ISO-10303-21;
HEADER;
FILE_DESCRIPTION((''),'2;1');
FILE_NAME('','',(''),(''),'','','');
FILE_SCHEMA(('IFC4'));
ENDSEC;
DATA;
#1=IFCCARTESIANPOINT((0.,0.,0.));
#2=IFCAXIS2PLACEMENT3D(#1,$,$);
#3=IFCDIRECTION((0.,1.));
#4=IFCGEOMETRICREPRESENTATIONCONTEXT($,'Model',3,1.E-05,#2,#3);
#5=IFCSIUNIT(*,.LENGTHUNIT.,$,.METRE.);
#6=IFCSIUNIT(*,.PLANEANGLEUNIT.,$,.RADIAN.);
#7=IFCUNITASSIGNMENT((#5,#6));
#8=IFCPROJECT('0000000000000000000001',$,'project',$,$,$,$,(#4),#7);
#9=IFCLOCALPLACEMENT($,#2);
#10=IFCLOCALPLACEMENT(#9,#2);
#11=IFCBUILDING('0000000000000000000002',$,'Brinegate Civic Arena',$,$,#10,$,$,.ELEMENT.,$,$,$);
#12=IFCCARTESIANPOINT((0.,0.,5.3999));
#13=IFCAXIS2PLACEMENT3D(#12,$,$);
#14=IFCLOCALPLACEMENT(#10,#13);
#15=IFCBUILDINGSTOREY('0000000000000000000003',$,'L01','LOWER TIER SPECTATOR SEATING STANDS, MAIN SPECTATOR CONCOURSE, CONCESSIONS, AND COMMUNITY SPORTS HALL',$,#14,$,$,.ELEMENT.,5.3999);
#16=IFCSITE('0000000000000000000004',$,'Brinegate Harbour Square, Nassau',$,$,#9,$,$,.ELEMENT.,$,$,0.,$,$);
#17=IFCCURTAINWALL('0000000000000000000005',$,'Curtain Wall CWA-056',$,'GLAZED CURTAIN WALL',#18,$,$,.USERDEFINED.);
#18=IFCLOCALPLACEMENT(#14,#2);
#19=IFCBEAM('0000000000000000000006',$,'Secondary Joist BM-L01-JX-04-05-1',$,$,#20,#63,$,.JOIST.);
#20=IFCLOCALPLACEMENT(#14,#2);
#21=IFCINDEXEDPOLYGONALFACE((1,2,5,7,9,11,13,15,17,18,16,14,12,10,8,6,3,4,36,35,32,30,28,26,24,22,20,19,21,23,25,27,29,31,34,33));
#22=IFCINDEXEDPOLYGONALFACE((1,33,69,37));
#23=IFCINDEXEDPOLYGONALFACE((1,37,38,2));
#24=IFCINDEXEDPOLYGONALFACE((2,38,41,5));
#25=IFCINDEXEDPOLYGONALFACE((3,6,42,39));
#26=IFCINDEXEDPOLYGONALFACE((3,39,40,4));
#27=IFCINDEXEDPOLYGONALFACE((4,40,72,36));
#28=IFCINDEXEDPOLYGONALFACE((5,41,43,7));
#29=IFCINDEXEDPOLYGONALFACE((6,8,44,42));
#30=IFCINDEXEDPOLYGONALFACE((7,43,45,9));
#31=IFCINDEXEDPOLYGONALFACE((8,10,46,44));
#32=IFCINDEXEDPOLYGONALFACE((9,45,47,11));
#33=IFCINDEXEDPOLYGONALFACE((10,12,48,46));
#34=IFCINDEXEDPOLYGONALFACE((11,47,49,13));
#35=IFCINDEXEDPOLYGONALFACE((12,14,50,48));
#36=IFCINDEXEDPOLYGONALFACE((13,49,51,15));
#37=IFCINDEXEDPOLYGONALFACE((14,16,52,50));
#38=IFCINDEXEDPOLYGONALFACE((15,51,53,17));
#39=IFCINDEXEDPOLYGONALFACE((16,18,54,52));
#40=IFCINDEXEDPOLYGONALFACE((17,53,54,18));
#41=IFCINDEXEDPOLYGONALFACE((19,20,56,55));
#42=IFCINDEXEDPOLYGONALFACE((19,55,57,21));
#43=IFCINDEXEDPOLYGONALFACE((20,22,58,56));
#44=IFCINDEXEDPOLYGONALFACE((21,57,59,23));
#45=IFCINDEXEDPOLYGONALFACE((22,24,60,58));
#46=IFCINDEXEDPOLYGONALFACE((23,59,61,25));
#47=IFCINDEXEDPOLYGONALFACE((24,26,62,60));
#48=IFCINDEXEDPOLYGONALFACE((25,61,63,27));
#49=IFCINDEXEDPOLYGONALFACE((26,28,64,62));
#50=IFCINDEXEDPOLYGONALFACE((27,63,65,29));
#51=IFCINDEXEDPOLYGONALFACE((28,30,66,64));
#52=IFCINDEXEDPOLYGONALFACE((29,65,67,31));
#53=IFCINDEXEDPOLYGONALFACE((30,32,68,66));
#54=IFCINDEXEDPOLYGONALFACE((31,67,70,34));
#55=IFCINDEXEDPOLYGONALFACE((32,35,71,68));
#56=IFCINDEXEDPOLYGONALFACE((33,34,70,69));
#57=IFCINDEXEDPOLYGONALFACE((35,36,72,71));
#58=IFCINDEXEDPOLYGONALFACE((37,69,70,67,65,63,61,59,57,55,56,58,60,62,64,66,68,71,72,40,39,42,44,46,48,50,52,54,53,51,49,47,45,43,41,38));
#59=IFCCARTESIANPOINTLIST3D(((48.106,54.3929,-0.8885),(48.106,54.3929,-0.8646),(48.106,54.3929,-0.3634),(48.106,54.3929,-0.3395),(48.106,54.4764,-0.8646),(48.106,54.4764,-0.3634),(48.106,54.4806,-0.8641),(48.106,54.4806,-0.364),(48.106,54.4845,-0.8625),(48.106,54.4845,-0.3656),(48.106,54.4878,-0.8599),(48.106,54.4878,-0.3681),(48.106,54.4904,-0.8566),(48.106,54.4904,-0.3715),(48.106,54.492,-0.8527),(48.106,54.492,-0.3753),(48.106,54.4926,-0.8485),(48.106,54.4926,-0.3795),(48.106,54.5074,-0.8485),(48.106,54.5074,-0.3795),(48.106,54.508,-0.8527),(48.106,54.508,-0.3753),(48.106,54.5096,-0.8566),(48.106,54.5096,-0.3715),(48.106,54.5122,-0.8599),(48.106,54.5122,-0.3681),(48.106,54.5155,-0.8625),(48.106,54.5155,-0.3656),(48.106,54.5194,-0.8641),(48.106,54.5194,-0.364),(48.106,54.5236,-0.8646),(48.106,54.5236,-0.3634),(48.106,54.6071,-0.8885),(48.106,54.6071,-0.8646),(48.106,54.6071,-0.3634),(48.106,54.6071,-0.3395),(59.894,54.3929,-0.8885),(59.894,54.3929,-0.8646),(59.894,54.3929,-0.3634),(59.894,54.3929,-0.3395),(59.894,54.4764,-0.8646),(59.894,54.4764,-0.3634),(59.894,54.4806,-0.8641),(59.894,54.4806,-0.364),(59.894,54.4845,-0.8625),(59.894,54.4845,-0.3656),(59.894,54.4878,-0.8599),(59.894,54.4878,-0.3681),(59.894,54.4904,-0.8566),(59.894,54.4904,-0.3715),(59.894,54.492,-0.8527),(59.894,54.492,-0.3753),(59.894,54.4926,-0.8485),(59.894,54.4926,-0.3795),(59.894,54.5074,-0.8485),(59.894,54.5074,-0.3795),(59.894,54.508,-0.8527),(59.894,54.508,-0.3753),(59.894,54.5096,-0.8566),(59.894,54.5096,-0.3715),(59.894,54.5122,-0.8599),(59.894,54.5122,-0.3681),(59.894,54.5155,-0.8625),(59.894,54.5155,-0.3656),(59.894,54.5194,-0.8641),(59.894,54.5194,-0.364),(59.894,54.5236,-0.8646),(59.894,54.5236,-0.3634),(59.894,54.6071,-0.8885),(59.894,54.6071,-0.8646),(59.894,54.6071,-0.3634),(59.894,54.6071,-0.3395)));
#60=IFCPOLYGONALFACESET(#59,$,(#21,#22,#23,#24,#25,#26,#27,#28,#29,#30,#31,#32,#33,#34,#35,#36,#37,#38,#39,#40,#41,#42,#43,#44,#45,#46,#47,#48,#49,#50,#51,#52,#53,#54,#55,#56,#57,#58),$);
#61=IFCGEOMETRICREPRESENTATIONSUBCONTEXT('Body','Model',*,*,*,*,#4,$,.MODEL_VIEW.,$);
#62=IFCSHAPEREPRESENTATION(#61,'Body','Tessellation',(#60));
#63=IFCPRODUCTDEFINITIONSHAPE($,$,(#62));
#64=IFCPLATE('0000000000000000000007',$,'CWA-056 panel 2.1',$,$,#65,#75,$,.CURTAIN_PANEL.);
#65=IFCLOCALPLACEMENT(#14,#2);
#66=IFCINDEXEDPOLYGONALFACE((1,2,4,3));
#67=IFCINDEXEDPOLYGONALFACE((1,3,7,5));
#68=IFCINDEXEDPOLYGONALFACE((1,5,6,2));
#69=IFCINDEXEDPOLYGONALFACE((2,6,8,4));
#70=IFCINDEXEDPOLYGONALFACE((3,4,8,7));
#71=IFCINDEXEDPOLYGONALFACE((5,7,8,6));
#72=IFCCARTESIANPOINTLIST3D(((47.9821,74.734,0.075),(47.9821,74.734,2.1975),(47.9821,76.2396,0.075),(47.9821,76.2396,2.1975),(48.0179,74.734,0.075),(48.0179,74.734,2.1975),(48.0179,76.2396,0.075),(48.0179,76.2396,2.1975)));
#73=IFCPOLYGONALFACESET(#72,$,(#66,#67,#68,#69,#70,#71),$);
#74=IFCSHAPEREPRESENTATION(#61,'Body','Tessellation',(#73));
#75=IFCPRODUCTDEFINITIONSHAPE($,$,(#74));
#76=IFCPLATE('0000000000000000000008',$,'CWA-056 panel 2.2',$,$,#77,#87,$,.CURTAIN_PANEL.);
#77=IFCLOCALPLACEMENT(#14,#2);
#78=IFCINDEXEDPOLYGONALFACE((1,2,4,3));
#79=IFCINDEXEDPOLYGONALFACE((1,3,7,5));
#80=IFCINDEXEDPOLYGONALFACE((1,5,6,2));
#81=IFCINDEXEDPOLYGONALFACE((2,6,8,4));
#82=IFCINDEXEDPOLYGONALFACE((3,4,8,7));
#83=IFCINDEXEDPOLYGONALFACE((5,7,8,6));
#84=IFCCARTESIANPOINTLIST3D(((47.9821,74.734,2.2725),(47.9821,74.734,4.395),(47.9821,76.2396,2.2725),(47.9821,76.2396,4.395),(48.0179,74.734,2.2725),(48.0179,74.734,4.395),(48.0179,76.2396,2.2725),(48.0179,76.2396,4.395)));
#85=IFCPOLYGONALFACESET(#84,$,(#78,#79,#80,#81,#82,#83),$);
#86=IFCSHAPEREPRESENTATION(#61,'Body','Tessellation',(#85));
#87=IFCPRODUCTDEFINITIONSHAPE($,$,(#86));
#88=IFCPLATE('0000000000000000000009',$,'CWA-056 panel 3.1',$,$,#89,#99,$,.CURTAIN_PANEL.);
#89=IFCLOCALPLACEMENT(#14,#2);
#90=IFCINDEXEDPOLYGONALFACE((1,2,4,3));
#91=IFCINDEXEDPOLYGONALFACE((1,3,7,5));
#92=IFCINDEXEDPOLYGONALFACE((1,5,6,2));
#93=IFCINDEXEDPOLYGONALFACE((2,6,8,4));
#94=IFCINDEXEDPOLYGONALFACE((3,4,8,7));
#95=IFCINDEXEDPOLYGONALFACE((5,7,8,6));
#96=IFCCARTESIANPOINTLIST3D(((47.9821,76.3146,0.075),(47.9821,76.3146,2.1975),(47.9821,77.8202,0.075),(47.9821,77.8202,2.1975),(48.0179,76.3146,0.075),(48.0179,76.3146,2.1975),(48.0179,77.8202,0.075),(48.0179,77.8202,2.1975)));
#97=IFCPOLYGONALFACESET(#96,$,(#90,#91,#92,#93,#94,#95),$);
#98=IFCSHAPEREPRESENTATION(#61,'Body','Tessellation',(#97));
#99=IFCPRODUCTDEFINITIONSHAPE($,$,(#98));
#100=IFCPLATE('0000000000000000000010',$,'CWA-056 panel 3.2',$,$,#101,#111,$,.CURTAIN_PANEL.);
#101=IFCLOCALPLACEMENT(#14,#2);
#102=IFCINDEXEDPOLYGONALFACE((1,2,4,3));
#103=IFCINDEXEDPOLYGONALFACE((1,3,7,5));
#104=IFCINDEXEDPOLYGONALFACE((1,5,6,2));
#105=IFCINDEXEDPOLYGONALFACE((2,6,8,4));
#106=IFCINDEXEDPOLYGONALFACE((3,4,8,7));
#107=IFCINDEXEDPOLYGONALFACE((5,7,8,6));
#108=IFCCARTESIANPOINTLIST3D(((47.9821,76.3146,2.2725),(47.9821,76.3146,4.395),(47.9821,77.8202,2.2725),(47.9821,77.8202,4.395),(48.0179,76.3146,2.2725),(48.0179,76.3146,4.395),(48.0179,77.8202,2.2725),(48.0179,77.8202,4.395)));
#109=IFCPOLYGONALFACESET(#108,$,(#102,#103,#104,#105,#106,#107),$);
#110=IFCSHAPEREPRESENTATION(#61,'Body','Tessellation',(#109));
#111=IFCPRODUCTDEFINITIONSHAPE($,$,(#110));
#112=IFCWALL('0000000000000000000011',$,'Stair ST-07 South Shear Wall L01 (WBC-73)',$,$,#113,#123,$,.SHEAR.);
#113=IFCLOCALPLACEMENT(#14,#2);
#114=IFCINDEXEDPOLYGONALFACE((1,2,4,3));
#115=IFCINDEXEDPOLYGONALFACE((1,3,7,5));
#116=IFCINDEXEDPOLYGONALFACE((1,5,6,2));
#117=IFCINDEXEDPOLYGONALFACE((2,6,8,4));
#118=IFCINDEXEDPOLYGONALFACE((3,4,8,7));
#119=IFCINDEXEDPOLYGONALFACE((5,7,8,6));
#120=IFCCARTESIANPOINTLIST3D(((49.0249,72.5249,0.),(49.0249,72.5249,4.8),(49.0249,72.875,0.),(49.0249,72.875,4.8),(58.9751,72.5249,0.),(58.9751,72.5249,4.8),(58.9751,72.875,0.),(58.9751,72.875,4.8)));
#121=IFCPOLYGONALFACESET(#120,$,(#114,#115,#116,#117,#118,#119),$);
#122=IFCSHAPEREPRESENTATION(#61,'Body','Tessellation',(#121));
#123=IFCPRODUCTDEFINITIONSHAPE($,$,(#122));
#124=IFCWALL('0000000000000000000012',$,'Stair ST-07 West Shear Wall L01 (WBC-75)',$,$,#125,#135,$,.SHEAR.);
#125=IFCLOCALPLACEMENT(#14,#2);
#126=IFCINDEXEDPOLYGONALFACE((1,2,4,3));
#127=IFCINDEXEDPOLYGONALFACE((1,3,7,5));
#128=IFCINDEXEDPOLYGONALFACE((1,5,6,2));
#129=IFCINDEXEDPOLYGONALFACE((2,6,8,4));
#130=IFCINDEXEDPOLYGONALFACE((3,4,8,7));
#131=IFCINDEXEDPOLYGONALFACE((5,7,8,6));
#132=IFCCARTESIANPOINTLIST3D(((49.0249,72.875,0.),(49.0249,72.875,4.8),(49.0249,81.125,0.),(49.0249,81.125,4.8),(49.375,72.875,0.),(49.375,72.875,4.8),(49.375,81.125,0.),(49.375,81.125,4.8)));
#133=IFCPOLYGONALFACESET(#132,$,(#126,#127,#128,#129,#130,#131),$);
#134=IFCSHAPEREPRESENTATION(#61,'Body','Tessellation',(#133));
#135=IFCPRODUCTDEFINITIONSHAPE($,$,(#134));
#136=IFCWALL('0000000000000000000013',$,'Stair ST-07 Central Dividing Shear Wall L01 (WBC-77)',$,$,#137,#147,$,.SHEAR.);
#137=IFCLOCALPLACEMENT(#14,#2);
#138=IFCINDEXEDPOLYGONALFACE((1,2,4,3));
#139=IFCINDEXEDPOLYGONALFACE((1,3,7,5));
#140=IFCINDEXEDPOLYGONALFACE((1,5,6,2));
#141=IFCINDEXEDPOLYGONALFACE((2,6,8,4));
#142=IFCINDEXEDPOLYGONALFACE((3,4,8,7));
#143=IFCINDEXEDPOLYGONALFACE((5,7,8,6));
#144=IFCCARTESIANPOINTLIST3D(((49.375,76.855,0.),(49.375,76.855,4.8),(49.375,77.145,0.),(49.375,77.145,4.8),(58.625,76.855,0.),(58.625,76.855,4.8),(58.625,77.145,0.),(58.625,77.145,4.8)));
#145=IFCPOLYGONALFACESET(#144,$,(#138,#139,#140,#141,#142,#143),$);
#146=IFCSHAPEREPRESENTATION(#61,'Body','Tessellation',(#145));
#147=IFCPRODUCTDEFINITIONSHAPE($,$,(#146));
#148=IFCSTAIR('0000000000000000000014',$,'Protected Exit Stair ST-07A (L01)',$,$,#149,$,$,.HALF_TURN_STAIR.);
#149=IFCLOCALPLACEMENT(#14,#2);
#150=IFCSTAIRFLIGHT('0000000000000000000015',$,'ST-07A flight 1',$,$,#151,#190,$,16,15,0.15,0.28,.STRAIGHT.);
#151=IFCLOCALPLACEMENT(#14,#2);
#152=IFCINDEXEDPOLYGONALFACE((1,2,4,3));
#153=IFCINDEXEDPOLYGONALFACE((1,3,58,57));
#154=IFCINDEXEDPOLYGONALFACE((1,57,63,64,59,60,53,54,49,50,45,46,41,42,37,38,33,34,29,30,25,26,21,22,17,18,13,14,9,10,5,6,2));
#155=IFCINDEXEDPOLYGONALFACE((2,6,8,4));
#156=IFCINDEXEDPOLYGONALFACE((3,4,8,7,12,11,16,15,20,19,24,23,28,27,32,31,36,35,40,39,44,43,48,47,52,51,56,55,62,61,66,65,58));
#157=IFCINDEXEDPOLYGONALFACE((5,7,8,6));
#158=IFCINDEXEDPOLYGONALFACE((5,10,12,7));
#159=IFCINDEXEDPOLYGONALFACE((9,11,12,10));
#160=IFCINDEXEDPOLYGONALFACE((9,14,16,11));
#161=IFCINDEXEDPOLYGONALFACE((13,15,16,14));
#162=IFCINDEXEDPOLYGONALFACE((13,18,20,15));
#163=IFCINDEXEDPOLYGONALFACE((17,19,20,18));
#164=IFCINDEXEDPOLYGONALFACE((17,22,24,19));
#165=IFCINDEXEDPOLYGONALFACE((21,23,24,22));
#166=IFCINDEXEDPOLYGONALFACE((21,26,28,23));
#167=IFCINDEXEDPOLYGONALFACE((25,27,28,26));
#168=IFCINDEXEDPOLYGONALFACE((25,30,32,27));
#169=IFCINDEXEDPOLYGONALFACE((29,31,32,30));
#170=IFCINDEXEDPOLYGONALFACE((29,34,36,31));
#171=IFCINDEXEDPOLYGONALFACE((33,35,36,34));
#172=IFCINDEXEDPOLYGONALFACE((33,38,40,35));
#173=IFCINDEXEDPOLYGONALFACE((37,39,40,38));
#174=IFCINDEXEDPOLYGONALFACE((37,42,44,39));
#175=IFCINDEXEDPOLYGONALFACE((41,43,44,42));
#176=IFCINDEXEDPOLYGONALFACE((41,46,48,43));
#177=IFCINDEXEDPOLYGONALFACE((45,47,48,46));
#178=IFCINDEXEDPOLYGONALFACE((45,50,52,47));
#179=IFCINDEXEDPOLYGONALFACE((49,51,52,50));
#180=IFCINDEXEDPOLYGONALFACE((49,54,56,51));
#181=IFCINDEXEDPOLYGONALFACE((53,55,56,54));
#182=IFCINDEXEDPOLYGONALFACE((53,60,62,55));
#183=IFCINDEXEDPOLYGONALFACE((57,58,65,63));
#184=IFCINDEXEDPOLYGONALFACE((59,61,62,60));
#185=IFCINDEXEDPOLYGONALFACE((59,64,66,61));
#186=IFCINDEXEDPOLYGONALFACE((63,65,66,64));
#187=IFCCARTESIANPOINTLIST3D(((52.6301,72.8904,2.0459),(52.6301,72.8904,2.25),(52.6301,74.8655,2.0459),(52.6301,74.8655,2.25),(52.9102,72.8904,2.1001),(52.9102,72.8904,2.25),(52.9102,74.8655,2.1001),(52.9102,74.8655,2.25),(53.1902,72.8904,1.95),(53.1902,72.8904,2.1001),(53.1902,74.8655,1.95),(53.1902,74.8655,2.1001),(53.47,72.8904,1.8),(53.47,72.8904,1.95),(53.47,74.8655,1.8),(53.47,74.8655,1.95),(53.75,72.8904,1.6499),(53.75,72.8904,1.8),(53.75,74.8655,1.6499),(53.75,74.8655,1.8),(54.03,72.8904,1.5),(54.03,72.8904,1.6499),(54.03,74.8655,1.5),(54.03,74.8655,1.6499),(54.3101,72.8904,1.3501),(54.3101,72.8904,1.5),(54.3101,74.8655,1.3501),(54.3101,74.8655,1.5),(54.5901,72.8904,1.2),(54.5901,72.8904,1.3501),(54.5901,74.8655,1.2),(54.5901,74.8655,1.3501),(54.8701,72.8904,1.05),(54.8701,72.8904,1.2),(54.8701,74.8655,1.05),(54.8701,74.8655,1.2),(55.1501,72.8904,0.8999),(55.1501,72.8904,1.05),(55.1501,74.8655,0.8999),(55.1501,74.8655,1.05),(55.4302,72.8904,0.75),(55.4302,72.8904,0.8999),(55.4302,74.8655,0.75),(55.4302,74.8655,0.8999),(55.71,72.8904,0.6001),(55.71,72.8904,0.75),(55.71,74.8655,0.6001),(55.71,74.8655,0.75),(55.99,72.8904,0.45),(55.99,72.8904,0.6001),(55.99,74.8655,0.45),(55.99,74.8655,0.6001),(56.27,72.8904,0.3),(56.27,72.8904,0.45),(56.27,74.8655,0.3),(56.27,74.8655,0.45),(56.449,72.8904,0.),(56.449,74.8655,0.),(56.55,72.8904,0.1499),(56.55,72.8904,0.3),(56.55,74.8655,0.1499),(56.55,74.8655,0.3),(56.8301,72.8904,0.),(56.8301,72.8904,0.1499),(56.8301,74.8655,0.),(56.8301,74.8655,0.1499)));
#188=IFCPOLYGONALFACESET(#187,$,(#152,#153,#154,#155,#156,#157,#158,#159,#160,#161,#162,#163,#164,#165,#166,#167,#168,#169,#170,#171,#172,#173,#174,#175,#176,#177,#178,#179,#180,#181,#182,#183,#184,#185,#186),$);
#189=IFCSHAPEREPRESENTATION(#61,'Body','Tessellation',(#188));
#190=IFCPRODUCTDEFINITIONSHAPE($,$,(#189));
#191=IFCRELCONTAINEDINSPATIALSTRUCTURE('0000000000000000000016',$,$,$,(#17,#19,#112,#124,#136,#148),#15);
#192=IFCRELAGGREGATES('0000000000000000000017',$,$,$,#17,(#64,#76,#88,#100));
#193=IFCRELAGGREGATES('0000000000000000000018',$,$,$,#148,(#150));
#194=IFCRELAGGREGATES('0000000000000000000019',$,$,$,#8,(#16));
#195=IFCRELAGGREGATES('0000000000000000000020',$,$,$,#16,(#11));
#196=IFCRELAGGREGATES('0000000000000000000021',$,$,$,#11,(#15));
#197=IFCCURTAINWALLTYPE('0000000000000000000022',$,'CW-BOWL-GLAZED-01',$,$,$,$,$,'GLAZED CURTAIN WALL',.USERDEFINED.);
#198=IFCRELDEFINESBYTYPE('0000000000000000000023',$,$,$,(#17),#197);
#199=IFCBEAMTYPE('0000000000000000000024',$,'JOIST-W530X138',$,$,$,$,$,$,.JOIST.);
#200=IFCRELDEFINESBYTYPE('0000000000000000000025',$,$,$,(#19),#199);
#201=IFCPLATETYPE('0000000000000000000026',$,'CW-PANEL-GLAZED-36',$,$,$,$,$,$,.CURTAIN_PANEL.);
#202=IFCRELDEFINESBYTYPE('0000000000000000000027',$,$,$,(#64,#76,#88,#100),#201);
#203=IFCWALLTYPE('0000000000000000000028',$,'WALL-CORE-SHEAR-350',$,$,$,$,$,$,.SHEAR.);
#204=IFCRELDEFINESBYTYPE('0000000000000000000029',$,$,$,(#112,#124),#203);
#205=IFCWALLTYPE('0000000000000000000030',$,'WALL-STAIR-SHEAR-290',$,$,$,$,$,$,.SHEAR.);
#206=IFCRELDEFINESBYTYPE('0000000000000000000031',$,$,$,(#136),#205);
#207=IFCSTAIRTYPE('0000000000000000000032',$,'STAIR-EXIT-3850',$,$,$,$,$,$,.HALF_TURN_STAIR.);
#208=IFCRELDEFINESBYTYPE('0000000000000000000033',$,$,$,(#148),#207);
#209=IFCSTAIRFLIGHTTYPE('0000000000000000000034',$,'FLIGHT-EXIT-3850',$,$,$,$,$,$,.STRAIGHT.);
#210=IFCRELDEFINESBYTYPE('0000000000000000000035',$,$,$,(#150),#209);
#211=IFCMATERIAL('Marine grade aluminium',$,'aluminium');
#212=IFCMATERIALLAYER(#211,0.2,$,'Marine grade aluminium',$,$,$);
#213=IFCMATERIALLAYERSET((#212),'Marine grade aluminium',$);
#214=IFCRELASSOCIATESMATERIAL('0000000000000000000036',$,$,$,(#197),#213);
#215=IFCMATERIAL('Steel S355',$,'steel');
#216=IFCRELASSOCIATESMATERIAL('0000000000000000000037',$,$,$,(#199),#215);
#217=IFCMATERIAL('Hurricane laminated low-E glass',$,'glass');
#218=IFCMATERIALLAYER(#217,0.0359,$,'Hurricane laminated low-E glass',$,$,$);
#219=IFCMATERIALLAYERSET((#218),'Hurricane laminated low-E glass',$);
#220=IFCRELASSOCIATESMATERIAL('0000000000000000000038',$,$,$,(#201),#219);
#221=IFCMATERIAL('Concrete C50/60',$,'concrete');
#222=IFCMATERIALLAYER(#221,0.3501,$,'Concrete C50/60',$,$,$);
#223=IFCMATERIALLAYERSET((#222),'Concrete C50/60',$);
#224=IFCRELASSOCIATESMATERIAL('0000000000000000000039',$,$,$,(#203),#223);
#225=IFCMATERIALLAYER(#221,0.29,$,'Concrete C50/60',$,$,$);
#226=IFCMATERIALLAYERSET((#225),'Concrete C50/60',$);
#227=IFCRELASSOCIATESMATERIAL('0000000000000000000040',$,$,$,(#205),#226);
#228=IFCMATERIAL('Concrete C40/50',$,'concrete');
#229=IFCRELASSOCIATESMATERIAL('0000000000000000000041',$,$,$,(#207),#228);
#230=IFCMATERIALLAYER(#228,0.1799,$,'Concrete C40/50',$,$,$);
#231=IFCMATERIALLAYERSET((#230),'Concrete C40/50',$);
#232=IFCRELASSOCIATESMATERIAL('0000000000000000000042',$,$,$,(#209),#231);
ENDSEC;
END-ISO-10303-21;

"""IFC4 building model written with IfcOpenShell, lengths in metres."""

from ifc_helpers import new_model, si_unit, direction, frame, frame_2d, origin, origin_2d, place, context, subcontext, project, spatial, polyline, rectangle, i_section, outline, extrude, material, layer, layer_set, material_profile, profile_set, type_object, element, aggregate, save


model = new_model("IFC4")

# Units and contexts
model_context = context("Model", 3, precision=1e-05, world=origin(), true_north=direction((0.0, 1.0)))
body_context = subcontext(model_context, "Body", "Model", "MODEL_VIEW")
ifc_project = project(units=[si_unit("LENGTHUNIT", "METRE"), si_unit("PLANEANGLEUNIT", "RADIAN")], contexts=[model_context])

# Site, building, storey
site_placement = place(None, origin())
site = spatial("IfcSite", under=ifc_project, at=site_placement, Name="Brinegate Harbour Square, Nassau", CompositionType="ELEMENT", RefElevation=0.0)
building_placement = place(site_placement, origin())
building = spatial("IfcBuilding", under=site, at=building_placement, Name="Brinegate Civic Arena", CompositionType="ELEMENT")
storey_placement = place(building_placement, frame((0.0, 0.0, 5.3999)))
storey = spatial("IfcBuildingStorey", under=building, at=storey_placement, Name="L01", Description="LOWER TIER SPECTATOR SEATING STANDS, MAIN SPECTATOR CONCOURSE, CONCESSIONS, AND COMMUNITY SPORTS HALL", CompositionType="ELEMENT", Elevation=5.3999)

# Curtain wall
ifc_material_1 = material(Name="Marine grade aluminium", Category="aluminium")
ifc_layer_1 = layer(ifc_material_1, 0.2, Name="Marine grade aluminium")
ifc_layer_set_1 = layer_set([ifc_layer_1], Name="Marine grade aluminium")
curtain_wall_type = type_object("IfcCurtainWallType", Name="CW-BOWL-GLAZED-01", ElementType="GLAZED CURTAIN WALL", PredefinedType="USERDEFINED", material=ifc_layer_set_1)
curtain_wall_placement = place(storey_placement, origin())
curtain_wall = element("IfcCurtainWall", 1, at=curtain_wall_placement, inside=storey, type_object=curtain_wall_type, Name="Curtain Wall CWA-056", ObjectType="GLAZED CURTAIN WALL", PredefinedType="USERDEFINED")

# Beam
ifc_material_2 = material(Name="Steel S355", Category="steel")
ifc_material_profile_1 = material_profile(ifc_material_2, i_section(OverallWidth=0.2141, OverallDepth=0.5491, WebThickness=0.0149, FlangeThickness=0.0239, FilletRadius=0.0161, at=origin_2d()), Name="W530X138")
ifc_profile_set_1 = profile_set([ifc_material_profile_1], Name="Steel S355")
beam_type_1 = type_object("IfcBeamType", Name="JOIST-W530X138", PredefinedType="JOIST", material=ifc_profile_set_1)
beam_1_placement = place(storey_placement, frame((48.106, 54.5, -0.614), z_axis=(1.0, 0.0, 0.0), x_axis=(0.0, 1.0, 0.0)))
element("IfcBeam", 2, at=beam_1_placement, inside=storey, type_object=beam_type_1, Name="Secondary Joist BM-L01-JX-04-05-1", PredefinedType="JOIST", context=body_context, shape_type="SweptSolid", body=[
    extrude(i_section(OverallWidth=0.2141, OverallDepth=0.5491, WebThickness=0.0149, FlangeThickness=0.0239, FilletRadius=0.0161, at=origin_2d()), origin(), (0.0, 0.0, 1.0), 11.7881),
])

# Plates
ifc_material_3 = material(Name="Hurricane laminated low-E glass", Category="glass")
ifc_layer_2 = layer(ifc_material_3, 0.0359, Name="Hurricane laminated low-E glass")
ifc_layer_set_2 = layer_set([ifc_layer_2], Name="Hurricane laminated low-E glass")
plate_type = type_object("IfcPlateType", Name="CW-PANEL-GLAZED-36", PredefinedType="CURTAIN_PANEL", material=ifc_layer_set_2)
plate_1_placement = place(storey_placement, frame((48.0, 75.4868, 0.075), z_axis=(0.0, 0.0, 1.0), x_axis=(0.0, 1.0, 0.0)))
plate_1 = element("IfcPlate", 3, at=plate_1_placement, type_object=plate_type, Name="CWA-056 panel 2.1", PredefinedType="CURTAIN_PANEL", context=body_context, shape_type="SweptSolid", body=[
    extrude(rectangle(XDim=1.5056, YDim=0.0359, at=origin_2d()), origin(), (0.0, 0.0, 1.0), 2.1226),
])
plate_2_placement = place(storey_placement, frame((48.0, 75.4868, 2.2725), z_axis=(0.0, 0.0, 1.0), x_axis=(0.0, 1.0, 0.0)))
plate_2 = element("IfcPlate", 4, at=plate_2_placement, type_object=plate_type, Name="CWA-056 panel 2.2", PredefinedType="CURTAIN_PANEL", context=body_context, shape_type="SweptSolid", body=[
    extrude(rectangle(XDim=1.5056, YDim=0.0359, at=origin_2d()), origin(), (0.0, 0.0, 1.0), 2.1226),
])
plate_3_placement = place(storey_placement, frame((48.0, 77.0674, 0.075), z_axis=(0.0, 0.0, 1.0), x_axis=(0.0, 1.0, 0.0)))
plate_3 = element("IfcPlate", 5, at=plate_3_placement, type_object=plate_type, Name="CWA-056 panel 3.1", PredefinedType="CURTAIN_PANEL", context=body_context, shape_type="SweptSolid", body=[
    extrude(rectangle(XDim=1.5056, YDim=0.0359, at=origin_2d()), origin(), (0.0, 0.0, 1.0), 2.1226),
])
plate_4_placement = place(storey_placement, frame((48.0, 77.0674, 2.2725), z_axis=(0.0, 0.0, 1.0), x_axis=(0.0, 1.0, 0.0)))
plate_4 = element("IfcPlate", 6, at=plate_4_placement, type_object=plate_type, Name="CWA-056 panel 3.2", PredefinedType="CURTAIN_PANEL", context=body_context, shape_type="SweptSolid", body=[
    extrude(rectangle(XDim=1.5056, YDim=0.0359, at=origin_2d()), origin(), (0.0, 0.0, 1.0), 2.1226),
])
aggregate(curtain_wall, [plate_1, plate_2, plate_3, plate_4])

# Walls
ifc_material_4 = material(Name="Concrete C50/60", Category="concrete")
ifc_layer_3 = layer(ifc_material_4, 0.3501, Name="Concrete C50/60")
ifc_layer_set_3 = layer_set([ifc_layer_3], Name="Concrete C50/60")
wall_type_1 = type_object("IfcWallType", Name="WALL-CORE-SHEAR-350", PredefinedType="SHEAR", material=ifc_layer_set_3)
wall_1_placement = place(storey_placement, frame((49.0249, 72.7, 0.0), z_axis=(0.0, 0.0, 1.0), x_axis=(1.0, 0.0, 0.0)))
element("IfcWall", 7, at=wall_1_placement, inside=storey, type_object=wall_type_1, Name="Stair ST-07 South Shear Wall L01 (WBC-73)", PredefinedType="SHEAR", context=body_context, shape_type="SweptSolid", body=[
    extrude(rectangle(XDim=9.9502, YDim=0.3501, at=frame_2d((4.9751, 0.0))), origin(), (0.0, 0.0, 1.0), 4.8),
])
wall_2_placement = place(storey_placement, frame((49.2, 72.875, 0.0), z_axis=(0.0, 0.0, 1.0), x_axis=(0.0, 1.0, 0.0)))
element("IfcWall", 8, at=wall_2_placement, inside=storey, type_object=wall_type_1, Name="Stair ST-07 West Shear Wall L01 (WBC-75)", PredefinedType="SHEAR", context=body_context, shape_type="SweptSolid", body=[
    extrude(rectangle(XDim=8.25, YDim=0.3501, at=frame_2d((4.125, 0.0))), origin(), (0.0, 0.0, 1.0), 4.8),
])
ifc_layer_4 = layer(ifc_material_4, 0.29, Name="Concrete C50/60")
ifc_layer_set_4 = layer_set([ifc_layer_4], Name="Concrete C50/60")
wall_type_2 = type_object("IfcWallType", Name="WALL-STAIR-SHEAR-290", PredefinedType="SHEAR", material=ifc_layer_set_4)
wall_3_placement = place(storey_placement, frame((49.375, 77.0, 0.0), z_axis=(0.0, 0.0, 1.0), x_axis=(1.0, 0.0, 0.0)))
element("IfcWall", 9, at=wall_3_placement, inside=storey, type_object=wall_type_2, Name="Stair ST-07 Central Dividing Shear Wall L01 (WBC-77)", PredefinedType="SHEAR", context=body_context, shape_type="SweptSolid", body=[
    extrude(rectangle(XDim=9.25, YDim=0.29, at=frame_2d((4.625, 0.0))), origin(), (0.0, 0.0, 1.0), 4.8),
])

# Stair, stair flight
ifc_material_5 = material(Name="Concrete C40/50", Category="concrete")
stair_type = type_object("IfcStairType", Name="STAIR-EXIT-3850", PredefinedType="HALF_TURN_STAIR", material=ifc_material_5)
stair_placement = place(storey_placement, origin())
stair = element("IfcStair", 10, at=stair_placement, inside=storey, type_object=stair_type, Name="Protected Exit Stair ST-07A (L01)", PredefinedType="HALF_TURN_STAIR")
ifc_layer_5 = layer(ifc_material_5, 0.1799, Name="Concrete C40/50")
ifc_layer_set_5 = layer_set([ifc_layer_5], Name="Concrete C40/50")
stair_flight_type = type_object("IfcStairFlightType", Name="FLIGHT-EXIT-3850", PredefinedType="STRAIGHT", material=ifc_layer_set_5)
stair_flight_1_placement = place(storey_placement, frame((56.8301, 73.8779, 0.0), z_axis=(0.0, 0.0, 1.0), x_axis=(-1.0, 0.0, 0.0)))
stair_flight_1 = element("IfcStairFlight", 11, at=stair_flight_1_placement, type_object=stair_flight_type, Name="ST-07A flight 1", NumberOfRisers=16, NumberOfTreads=15, PredefinedType="STRAIGHT", RiserHeight=0.15, TreadLength=0.28, context=body_context, shape_type="SweptSolid", body=[
    extrude(outline(polyline([(0.0, 0.0), (0.0, 0.1499), (0.28, 0.1499), (0.28, 0.3), (0.5601, 0.3), (0.5601, 0.45), (0.8401, 0.45), (0.8401, 0.6001), (1.1201, 0.6001), (1.1201, 0.75), (1.3999, 0.75), (1.3999, 0.8999), (1.6799, 0.8999), (1.6799, 1.05), (1.96, 1.05), (1.96, 1.2), (2.24, 1.2), (2.24, 1.3501), (2.52, 1.3501), (2.52, 1.5), (2.8, 1.5), (2.8, 1.6499), (3.0801, 1.6499), (3.0801, 1.8), (3.3601, 1.8), (3.3601, 1.95), (3.6399, 1.95), (3.6399, 2.1001), (3.9199, 2.1001), (3.9199, 2.25), (4.2, 2.25), (4.2, 2.3999), (4.2, 2.0459), (0.3811, 0.0), (0.0, 0.0)])), frame((0.0, 0.9875, 0.0), z_axis=(0.0, -1.0, 0.0), x_axis=(1.0, 0.0, 0.0)), (0.0, 0.0, 1.0), 1.9751),
])
aggregate(stair, [stair_flight_1])

save(model, "model.ifc")
